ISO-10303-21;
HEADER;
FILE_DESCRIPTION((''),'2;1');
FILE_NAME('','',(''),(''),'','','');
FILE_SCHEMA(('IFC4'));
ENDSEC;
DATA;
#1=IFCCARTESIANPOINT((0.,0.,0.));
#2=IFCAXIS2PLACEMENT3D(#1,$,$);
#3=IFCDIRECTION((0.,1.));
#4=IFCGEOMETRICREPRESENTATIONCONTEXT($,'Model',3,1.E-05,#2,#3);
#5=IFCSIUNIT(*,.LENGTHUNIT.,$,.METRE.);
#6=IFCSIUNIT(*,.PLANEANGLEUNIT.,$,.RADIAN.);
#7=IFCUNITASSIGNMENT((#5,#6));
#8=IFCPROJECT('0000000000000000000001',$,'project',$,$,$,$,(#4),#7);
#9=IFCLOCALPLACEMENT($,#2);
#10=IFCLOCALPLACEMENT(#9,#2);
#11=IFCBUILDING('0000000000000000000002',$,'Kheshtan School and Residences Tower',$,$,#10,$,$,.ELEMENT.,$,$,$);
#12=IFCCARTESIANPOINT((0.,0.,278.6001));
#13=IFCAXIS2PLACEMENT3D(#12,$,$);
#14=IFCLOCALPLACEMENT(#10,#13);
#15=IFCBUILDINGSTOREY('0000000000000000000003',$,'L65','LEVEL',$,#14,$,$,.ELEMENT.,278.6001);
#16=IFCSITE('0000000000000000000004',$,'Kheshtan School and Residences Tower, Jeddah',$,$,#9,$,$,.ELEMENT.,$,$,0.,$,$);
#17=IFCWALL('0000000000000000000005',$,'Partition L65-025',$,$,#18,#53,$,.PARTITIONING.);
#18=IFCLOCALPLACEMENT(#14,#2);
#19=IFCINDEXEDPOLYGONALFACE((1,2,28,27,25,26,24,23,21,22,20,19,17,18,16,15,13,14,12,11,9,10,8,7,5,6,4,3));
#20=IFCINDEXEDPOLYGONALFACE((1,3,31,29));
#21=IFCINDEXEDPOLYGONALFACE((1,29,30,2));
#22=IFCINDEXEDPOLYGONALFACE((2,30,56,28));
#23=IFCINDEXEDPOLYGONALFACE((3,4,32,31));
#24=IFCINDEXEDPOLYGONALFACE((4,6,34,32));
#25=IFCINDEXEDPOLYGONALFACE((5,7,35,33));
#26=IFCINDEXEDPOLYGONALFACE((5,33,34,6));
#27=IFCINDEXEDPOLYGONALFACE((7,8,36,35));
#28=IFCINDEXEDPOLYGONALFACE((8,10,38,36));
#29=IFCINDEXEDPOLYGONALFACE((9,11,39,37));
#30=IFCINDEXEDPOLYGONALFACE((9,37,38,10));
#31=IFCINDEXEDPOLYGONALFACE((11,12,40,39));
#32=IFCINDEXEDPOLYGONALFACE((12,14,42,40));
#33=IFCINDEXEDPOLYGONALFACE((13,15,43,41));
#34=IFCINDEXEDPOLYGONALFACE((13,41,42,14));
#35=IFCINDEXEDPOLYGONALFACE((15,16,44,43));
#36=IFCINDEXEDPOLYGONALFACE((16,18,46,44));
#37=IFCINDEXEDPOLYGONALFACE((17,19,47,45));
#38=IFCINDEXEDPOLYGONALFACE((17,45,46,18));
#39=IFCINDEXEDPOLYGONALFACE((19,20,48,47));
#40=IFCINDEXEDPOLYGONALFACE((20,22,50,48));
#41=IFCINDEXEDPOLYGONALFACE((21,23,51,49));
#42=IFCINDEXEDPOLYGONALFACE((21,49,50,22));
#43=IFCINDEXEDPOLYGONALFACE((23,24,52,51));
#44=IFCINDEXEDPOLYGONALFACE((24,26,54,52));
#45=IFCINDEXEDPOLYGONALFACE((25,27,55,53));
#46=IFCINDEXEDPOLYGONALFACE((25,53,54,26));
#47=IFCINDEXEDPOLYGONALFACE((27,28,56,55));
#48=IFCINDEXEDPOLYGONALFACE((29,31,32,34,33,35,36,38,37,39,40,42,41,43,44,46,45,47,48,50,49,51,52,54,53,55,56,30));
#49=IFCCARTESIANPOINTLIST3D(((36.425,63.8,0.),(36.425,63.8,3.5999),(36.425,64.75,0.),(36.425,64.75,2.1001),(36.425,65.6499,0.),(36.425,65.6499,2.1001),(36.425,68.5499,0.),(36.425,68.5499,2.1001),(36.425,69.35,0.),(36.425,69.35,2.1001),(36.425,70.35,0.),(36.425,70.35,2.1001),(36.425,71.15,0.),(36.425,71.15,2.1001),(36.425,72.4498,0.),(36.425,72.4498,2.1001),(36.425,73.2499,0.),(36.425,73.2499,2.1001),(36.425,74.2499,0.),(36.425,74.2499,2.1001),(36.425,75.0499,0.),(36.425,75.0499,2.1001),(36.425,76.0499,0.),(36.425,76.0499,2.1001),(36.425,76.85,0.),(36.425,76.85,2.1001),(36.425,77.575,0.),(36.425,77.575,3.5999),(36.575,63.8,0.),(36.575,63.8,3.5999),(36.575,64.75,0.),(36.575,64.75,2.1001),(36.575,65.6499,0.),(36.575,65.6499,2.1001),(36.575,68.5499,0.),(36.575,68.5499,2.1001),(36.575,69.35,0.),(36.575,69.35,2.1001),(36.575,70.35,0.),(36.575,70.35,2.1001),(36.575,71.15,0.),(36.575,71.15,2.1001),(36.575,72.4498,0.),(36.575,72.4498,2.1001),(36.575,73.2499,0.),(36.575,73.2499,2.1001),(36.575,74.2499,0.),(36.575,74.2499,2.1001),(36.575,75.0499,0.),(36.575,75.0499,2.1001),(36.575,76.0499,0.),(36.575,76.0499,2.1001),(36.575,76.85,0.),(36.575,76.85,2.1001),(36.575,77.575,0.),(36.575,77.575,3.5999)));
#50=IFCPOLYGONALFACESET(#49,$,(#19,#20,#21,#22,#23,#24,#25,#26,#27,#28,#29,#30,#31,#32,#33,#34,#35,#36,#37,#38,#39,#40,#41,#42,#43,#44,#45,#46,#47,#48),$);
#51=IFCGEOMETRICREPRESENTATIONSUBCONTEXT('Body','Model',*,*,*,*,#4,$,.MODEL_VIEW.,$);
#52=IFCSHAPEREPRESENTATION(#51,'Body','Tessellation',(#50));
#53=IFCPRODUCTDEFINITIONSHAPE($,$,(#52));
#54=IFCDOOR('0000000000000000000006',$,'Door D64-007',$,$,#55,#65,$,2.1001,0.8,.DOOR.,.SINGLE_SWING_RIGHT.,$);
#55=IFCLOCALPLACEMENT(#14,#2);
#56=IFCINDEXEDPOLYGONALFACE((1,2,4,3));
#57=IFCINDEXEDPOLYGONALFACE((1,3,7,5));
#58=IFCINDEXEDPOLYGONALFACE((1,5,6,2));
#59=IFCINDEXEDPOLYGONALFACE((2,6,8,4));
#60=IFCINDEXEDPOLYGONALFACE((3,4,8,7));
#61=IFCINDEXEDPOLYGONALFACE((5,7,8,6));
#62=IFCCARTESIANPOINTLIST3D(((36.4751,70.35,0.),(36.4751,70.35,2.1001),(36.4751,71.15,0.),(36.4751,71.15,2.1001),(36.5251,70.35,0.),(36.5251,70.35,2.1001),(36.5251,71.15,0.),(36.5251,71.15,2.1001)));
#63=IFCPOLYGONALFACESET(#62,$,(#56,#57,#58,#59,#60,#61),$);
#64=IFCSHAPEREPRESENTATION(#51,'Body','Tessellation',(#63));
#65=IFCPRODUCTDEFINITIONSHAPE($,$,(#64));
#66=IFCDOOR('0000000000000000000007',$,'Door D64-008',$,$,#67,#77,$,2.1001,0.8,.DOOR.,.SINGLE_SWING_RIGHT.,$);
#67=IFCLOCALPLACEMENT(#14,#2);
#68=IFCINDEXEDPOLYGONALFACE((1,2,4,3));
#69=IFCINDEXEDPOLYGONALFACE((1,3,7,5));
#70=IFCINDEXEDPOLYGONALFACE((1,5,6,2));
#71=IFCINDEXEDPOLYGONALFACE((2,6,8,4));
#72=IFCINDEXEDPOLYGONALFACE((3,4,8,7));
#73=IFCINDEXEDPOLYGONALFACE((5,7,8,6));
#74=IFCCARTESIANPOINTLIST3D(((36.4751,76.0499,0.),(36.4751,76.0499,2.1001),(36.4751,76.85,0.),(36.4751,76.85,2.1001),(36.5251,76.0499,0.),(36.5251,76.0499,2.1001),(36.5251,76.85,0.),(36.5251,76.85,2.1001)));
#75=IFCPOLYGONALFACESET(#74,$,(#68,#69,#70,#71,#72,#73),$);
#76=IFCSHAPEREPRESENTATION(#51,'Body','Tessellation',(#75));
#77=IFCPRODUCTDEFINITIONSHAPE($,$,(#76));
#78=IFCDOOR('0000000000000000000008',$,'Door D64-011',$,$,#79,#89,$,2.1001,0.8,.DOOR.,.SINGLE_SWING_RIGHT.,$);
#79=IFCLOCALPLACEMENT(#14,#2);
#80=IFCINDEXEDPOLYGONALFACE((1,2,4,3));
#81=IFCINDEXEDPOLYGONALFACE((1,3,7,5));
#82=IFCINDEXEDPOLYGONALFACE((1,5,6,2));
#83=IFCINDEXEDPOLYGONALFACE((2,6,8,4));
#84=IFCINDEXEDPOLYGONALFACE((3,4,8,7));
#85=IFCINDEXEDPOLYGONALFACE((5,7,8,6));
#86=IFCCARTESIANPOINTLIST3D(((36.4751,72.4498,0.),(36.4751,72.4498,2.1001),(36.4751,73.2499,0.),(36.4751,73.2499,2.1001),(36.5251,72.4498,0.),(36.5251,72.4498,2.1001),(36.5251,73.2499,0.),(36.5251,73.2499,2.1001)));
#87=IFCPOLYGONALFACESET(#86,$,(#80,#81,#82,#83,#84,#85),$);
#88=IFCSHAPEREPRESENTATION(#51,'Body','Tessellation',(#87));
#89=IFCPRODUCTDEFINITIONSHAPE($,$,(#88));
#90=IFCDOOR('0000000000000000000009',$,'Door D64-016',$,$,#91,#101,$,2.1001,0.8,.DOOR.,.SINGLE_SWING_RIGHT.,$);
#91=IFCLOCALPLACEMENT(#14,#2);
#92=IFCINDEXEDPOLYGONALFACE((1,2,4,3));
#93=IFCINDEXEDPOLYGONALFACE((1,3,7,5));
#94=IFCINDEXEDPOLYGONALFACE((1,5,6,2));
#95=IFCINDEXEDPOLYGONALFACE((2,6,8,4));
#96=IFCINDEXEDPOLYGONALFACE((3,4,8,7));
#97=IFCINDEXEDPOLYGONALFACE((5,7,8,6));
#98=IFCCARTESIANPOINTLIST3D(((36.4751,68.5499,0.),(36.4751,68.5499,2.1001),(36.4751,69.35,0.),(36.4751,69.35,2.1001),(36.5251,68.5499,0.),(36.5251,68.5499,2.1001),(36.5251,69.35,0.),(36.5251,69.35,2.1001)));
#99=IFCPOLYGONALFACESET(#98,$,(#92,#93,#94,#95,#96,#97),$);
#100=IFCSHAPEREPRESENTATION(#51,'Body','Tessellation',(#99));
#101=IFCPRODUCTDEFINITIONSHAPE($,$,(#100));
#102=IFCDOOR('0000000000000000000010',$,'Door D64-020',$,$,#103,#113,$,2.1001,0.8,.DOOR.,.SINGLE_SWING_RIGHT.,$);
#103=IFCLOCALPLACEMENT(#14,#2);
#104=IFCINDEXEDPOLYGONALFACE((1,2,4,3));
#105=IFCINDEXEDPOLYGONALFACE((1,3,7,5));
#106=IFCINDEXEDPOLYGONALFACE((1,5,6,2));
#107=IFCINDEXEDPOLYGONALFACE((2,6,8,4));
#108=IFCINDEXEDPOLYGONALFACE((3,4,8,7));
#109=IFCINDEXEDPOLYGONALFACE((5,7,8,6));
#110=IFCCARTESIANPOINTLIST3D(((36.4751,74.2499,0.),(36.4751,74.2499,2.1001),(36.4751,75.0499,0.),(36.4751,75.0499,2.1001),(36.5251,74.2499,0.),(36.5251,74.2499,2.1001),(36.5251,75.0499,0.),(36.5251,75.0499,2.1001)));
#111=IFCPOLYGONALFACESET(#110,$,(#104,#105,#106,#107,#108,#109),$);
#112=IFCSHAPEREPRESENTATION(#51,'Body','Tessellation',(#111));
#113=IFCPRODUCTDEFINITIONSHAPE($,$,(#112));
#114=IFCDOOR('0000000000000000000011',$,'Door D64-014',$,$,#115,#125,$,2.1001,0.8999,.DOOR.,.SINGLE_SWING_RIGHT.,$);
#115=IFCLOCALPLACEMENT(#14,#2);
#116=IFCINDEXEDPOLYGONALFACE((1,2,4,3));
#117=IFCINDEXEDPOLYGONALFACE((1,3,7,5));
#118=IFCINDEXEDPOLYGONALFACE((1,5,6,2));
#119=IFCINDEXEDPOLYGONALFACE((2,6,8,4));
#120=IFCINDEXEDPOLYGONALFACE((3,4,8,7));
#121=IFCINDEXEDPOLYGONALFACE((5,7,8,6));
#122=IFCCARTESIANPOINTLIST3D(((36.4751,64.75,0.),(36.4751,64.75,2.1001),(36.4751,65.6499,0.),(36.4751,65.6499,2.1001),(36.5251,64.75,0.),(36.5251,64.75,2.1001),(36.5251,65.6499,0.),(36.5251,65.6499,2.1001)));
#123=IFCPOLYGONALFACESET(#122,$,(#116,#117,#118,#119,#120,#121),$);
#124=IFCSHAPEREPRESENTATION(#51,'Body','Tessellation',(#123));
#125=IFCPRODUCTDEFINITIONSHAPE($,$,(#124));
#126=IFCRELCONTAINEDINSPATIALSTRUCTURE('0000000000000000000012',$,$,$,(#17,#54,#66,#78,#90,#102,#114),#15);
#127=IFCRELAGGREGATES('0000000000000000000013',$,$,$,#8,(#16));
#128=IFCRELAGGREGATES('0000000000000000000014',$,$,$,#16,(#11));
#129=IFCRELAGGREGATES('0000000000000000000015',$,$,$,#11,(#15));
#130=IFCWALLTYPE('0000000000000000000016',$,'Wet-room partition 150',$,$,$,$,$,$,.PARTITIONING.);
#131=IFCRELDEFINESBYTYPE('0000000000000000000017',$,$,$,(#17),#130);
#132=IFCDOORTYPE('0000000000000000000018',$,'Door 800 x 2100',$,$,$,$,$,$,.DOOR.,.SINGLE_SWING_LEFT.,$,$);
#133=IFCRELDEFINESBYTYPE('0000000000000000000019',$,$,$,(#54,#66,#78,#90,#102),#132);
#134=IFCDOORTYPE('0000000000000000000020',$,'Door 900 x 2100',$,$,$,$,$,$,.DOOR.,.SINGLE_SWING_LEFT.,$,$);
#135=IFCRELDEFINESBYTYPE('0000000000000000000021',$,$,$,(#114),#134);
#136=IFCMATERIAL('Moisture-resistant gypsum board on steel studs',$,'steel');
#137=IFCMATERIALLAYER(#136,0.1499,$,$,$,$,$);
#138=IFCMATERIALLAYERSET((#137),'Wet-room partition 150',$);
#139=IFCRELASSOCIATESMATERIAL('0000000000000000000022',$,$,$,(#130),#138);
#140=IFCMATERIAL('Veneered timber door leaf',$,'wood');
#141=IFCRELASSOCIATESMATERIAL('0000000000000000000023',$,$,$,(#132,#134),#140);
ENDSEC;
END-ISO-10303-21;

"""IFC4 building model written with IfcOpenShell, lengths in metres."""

from ifc_helpers import new_model, si_unit, direction, frame, frame_2d, origin, place, context, subcontext, project, spatial, rectangle, extrude, source, transform, mapped, material, layer, layer_set, type_object, element, fill, save


model = new_model("IFC4")

# Units and contexts
model_context = context("Model", 3, precision=1e-05, world=origin(), true_north=direction((0.0, 1.0)))
body_context = subcontext(model_context, "Body", "Model", "MODEL_VIEW")
ifc_project = project(units=[si_unit("LENGTHUNIT", "METRE"), si_unit("PLANEANGLEUNIT", "RADIAN")], contexts=[model_context])

# Site, building, storey
site_placement = place(None, origin())
site = spatial("IfcSite", under=ifc_project, at=site_placement, Name="Kheshtan School and Residences Tower, Jeddah", CompositionType="ELEMENT", RefElevation=0.0)
building_placement = place(site_placement, origin())
building = spatial("IfcBuilding", under=site, at=building_placement, Name="Kheshtan School and Residences Tower", CompositionType="ELEMENT")
storey_placement = place(building_placement, frame((0.0, 0.0, 278.6001)))
storey = spatial("IfcBuildingStorey", under=building, at=storey_placement, Name="L65", Description="LEVEL", CompositionType="ELEMENT", Elevation=278.6001)

# Wall, openings, doors
ifc_material_1 = material(Name="Moisture-resistant gypsum board on steel studs", Category="steel")
ifc_layer_1 = layer(ifc_material_1, 0.1499)
ifc_layer_set_1 = layer_set([ifc_layer_1], Name="Wet-room partition 150")
wall_type_1 = type_object("IfcWallType", Name="Wet-room partition 150", PredefinedType="PARTITIONING", material=ifc_layer_set_1)
wall_1_placement = place(storey_placement, frame((36.5, 63.8, 0.0), z_axis=(0.0, 0.0, 1.0), x_axis=(0.0, 1.0, 0.0)))
wall_1 = element("IfcWall", 1, at=wall_1_placement, inside=storey, type_object=wall_type_1, Name="Partition L65-025", PredefinedType="PARTITIONING", context=body_context, shape_type="SweptSolid", body=[
    extrude(rectangle(XDim=13.7749, YDim=0.1499, at=frame_2d((6.8875, 0.0))), origin(), (0.0, 0.0, 1.0), 3.5999),
])
opening_1_placement = place(wall_1_placement, frame((6.55, 0.0, 0.0)))
opening_1 = element("IfcOpeningElement", 2, at=opening_1_placement, cuts=wall_1, PredefinedType="OPENING", context=body_context, shape_type="SweptSolid", body=[
    extrude(rectangle(XDim=0.8, YDim=2.1001, at=frame_2d((0.3999, 1.05))), frame((0.0, 0.085, 0.0), z_axis=(0.0, -1.0, 0.0), x_axis=(1.0, 0.0, 0.0)), (0.0, 0.0, 1.0), 0.1699),
])
opening_2_placement = place(wall_1_placement, frame((12.25, 0.0, 0.0)))
opening_2 = element("IfcOpeningElement", 3, at=opening_2_placement, cuts=wall_1, PredefinedType="OPENING", context=body_context, shape_type="SweptSolid", body=[
    extrude(rectangle(XDim=0.8, YDim=2.1001, at=frame_2d((0.3999, 1.05))), frame((0.0, 0.085, 0.0), z_axis=(0.0, -1.0, 0.0), x_axis=(1.0, 0.0, 0.0)), (0.0, 0.0, 1.0), 0.1699),
])
opening_3_placement = place(wall_1_placement, frame((8.6499, 0.0, 0.0)))
opening_3 = element("IfcOpeningElement", 4, at=opening_3_placement, cuts=wall_1, PredefinedType="OPENING", context=body_context, shape_type="SweptSolid", body=[
    extrude(rectangle(XDim=0.8, YDim=2.1001, at=frame_2d((0.3999, 1.05))), frame((0.0, 0.085, 0.0), z_axis=(0.0, -1.0, 0.0), x_axis=(1.0, 0.0, 0.0)), (0.0, 0.0, 1.0), 0.1699),
])
opening_4_placement = place(wall_1_placement, frame((0.95, 0.0, 0.0)))
opening_4 = element("IfcOpeningElement", 5, at=opening_4_placement, cuts=wall_1, PredefinedType="OPENING", context=body_context, shape_type="SweptSolid", body=[
    extrude(rectangle(XDim=0.8999, YDim=2.1001, at=frame_2d((0.45, 1.05))), frame((0.0, 0.085, 0.0), z_axis=(0.0, -1.0, 0.0), x_axis=(1.0, 0.0, 0.0)), (0.0, 0.0, 1.0), 0.1699),
])
opening_5_placement = place(wall_1_placement, frame((4.75, 0.0, 0.0)))
opening_5 = element("IfcOpeningElement", 6, at=opening_5_placement, cuts=wall_1, PredefinedType="OPENING", context=body_context, shape_type="SweptSolid", body=[
    extrude(rectangle(XDim=0.8, YDim=2.1001, at=frame_2d((0.3999, 1.05))), frame((0.0, 0.085, 0.0), z_axis=(0.0, -1.0, 0.0), x_axis=(1.0, 0.0, 0.0)), (0.0, 0.0, 1.0), 0.1699),
])
opening_6_placement = place(wall_1_placement, frame((10.45, 0.0, 0.0)))
opening_6 = element("IfcOpeningElement", 7, at=opening_6_placement, cuts=wall_1, PredefinedType="OPENING", context=body_context, shape_type="SweptSolid", body=[
    extrude(rectangle(XDim=0.8, YDim=2.1001, at=frame_2d((0.3999, 1.05))), frame((0.0, 0.085, 0.0), z_axis=(0.0, -1.0, 0.0), x_axis=(1.0, 0.0, 0.0)), (0.0, 0.0, 1.0), 0.1699),
])
ifc_material_2 = material(Name="Veneered timber door leaf", Category="wood")
door_type_1 = type_object("IfcDoorType", Name="Door 800 x 2100", OperationType="SINGLE_SWING_LEFT", PredefinedType="DOOR", material=ifc_material_2)
shared_shape_1 = source(origin(), body_context, "Body", "SweptSolid", [
    extrude(rectangle(XDim=0.8, YDim=2.1001, at=frame_2d((0.3999, 1.05))), frame((0.0, 0.0249, 0.0), z_axis=(0.0, -1.0, 0.0), x_axis=(1.0, 0.0, 0.0)), (0.0, 0.0, 1.0), 0.05),
])
door_1_placement = place(opening_1_placement, origin())
door_1 = element("IfcDoor", 8, at=door_1_placement, inside=storey, type_object=door_type_1, Name="Door D64-007", OperationType="SINGLE_SWING_RIGHT", OverallHeight=2.1001, OverallWidth=0.8, PredefinedType="DOOR", context=body_context, shape_type="MappedRepresentation", body=[
    mapped(shared_shape_1, transform((0.0, 0.0, 0.0), x_axis=(1.0, 0.0, 0.0), y_axis=(0.0, 1.0, 0.0), z_axis=(0.0, 0.0, 1.0), scale=1.0)),
])
fill(opening_1, door_1)
door_2_placement = place(opening_2_placement, origin())
door_2 = element("IfcDoor", 9, at=door_2_placement, inside=storey, type_object=door_type_1, Name="Door D64-008", OperationType="SINGLE_SWING_RIGHT", OverallHeight=2.1001, OverallWidth=0.8, PredefinedType="DOOR", context=body_context, shape_type="MappedRepresentation", body=[
    mapped(shared_shape_1, transform((0.0, 0.0, 0.0), x_axis=(1.0, 0.0, 0.0), y_axis=(0.0, 1.0, 0.0), z_axis=(0.0, 0.0, 1.0), scale=1.0)),
])
fill(opening_2, door_2)
door_3_placement = place(opening_3_placement, origin())
door_3 = element("IfcDoor", 10, at=door_3_placement, inside=storey, type_object=door_type_1, Name="Door D64-011", OperationType="SINGLE_SWING_RIGHT", OverallHeight=2.1001, OverallWidth=0.8, PredefinedType="DOOR", context=body_context, shape_type="MappedRepresentation", body=[
    mapped(shared_shape_1, transform((0.0, 0.0, 0.0), x_axis=(1.0, 0.0, 0.0), y_axis=(0.0, 1.0, 0.0), z_axis=(0.0, 0.0, 1.0), scale=1.0)),
])
fill(opening_3, door_3)
door_4_placement = place(opening_5_placement, origin())
door_4 = element("IfcDoor", 11, at=door_4_placement, inside=storey, type_object=door_type_1, Name="Door D64-016", OperationType="SINGLE_SWING_RIGHT", OverallHeight=2.1001, OverallWidth=0.8, PredefinedType="DOOR", context=body_context, shape_type="MappedRepresentation", body=[
    mapped(shared_shape_1, transform((0.0, 0.0, 0.0), x_axis=(1.0, 0.0, 0.0), y_axis=(0.0, 1.0, 0.0), z_axis=(0.0, 0.0, 1.0), scale=1.0)),
])
fill(opening_5, door_4)
door_5_placement = place(opening_6_placement, origin())
door_5 = element("IfcDoor", 12, at=door_5_placement, inside=storey, type_object=door_type_1, Name="Door D64-020", OperationType="SINGLE_SWING_RIGHT", OverallHeight=2.1001, OverallWidth=0.8, PredefinedType="DOOR", context=body_context, shape_type="MappedRepresentation", body=[
    mapped(shared_shape_1, transform((0.0, 0.0, 0.0), x_axis=(1.0, 0.0, 0.0), y_axis=(0.0, 1.0, 0.0), z_axis=(0.0, 0.0, 1.0), scale=1.0)),
])
fill(opening_6, door_5)
door_type_2 = type_object("IfcDoorType", Name="Door 900 x 2100", OperationType="SINGLE_SWING_LEFT", PredefinedType="DOOR", material=ifc_material_2)
shared_shape_2 = source(origin(), body_context, "Body", "SweptSolid", [
    extrude(rectangle(XDim=0.8999, YDim=2.1001, at=frame_2d((0.45, 1.05))), frame((0.0, 0.0249, 0.0), z_axis=(0.0, -1.0, 0.0), x_axis=(1.0, 0.0, 0.0)), (0.0, 0.0, 1.0), 0.05),
])
door_6_placement = place(opening_4_placement, origin())
door_6 = element("IfcDoor", 13, at=door_6_placement, inside=storey, type_object=door_type_2, Name="Door D64-014", OperationType="SINGLE_SWING_RIGHT", OverallHeight=2.1001, OverallWidth=0.8999, PredefinedType="DOOR", context=body_context, shape_type="MappedRepresentation", body=[
    mapped(shared_shape_2, transform((0.0, 0.0, 0.0), x_axis=(1.0, 0.0, 0.0), y_axis=(0.0, 1.0, 0.0), z_axis=(0.0, 0.0, 1.0), scale=1.0)),
])
fill(opening_4, door_6)

save(model, "model.ifc")
